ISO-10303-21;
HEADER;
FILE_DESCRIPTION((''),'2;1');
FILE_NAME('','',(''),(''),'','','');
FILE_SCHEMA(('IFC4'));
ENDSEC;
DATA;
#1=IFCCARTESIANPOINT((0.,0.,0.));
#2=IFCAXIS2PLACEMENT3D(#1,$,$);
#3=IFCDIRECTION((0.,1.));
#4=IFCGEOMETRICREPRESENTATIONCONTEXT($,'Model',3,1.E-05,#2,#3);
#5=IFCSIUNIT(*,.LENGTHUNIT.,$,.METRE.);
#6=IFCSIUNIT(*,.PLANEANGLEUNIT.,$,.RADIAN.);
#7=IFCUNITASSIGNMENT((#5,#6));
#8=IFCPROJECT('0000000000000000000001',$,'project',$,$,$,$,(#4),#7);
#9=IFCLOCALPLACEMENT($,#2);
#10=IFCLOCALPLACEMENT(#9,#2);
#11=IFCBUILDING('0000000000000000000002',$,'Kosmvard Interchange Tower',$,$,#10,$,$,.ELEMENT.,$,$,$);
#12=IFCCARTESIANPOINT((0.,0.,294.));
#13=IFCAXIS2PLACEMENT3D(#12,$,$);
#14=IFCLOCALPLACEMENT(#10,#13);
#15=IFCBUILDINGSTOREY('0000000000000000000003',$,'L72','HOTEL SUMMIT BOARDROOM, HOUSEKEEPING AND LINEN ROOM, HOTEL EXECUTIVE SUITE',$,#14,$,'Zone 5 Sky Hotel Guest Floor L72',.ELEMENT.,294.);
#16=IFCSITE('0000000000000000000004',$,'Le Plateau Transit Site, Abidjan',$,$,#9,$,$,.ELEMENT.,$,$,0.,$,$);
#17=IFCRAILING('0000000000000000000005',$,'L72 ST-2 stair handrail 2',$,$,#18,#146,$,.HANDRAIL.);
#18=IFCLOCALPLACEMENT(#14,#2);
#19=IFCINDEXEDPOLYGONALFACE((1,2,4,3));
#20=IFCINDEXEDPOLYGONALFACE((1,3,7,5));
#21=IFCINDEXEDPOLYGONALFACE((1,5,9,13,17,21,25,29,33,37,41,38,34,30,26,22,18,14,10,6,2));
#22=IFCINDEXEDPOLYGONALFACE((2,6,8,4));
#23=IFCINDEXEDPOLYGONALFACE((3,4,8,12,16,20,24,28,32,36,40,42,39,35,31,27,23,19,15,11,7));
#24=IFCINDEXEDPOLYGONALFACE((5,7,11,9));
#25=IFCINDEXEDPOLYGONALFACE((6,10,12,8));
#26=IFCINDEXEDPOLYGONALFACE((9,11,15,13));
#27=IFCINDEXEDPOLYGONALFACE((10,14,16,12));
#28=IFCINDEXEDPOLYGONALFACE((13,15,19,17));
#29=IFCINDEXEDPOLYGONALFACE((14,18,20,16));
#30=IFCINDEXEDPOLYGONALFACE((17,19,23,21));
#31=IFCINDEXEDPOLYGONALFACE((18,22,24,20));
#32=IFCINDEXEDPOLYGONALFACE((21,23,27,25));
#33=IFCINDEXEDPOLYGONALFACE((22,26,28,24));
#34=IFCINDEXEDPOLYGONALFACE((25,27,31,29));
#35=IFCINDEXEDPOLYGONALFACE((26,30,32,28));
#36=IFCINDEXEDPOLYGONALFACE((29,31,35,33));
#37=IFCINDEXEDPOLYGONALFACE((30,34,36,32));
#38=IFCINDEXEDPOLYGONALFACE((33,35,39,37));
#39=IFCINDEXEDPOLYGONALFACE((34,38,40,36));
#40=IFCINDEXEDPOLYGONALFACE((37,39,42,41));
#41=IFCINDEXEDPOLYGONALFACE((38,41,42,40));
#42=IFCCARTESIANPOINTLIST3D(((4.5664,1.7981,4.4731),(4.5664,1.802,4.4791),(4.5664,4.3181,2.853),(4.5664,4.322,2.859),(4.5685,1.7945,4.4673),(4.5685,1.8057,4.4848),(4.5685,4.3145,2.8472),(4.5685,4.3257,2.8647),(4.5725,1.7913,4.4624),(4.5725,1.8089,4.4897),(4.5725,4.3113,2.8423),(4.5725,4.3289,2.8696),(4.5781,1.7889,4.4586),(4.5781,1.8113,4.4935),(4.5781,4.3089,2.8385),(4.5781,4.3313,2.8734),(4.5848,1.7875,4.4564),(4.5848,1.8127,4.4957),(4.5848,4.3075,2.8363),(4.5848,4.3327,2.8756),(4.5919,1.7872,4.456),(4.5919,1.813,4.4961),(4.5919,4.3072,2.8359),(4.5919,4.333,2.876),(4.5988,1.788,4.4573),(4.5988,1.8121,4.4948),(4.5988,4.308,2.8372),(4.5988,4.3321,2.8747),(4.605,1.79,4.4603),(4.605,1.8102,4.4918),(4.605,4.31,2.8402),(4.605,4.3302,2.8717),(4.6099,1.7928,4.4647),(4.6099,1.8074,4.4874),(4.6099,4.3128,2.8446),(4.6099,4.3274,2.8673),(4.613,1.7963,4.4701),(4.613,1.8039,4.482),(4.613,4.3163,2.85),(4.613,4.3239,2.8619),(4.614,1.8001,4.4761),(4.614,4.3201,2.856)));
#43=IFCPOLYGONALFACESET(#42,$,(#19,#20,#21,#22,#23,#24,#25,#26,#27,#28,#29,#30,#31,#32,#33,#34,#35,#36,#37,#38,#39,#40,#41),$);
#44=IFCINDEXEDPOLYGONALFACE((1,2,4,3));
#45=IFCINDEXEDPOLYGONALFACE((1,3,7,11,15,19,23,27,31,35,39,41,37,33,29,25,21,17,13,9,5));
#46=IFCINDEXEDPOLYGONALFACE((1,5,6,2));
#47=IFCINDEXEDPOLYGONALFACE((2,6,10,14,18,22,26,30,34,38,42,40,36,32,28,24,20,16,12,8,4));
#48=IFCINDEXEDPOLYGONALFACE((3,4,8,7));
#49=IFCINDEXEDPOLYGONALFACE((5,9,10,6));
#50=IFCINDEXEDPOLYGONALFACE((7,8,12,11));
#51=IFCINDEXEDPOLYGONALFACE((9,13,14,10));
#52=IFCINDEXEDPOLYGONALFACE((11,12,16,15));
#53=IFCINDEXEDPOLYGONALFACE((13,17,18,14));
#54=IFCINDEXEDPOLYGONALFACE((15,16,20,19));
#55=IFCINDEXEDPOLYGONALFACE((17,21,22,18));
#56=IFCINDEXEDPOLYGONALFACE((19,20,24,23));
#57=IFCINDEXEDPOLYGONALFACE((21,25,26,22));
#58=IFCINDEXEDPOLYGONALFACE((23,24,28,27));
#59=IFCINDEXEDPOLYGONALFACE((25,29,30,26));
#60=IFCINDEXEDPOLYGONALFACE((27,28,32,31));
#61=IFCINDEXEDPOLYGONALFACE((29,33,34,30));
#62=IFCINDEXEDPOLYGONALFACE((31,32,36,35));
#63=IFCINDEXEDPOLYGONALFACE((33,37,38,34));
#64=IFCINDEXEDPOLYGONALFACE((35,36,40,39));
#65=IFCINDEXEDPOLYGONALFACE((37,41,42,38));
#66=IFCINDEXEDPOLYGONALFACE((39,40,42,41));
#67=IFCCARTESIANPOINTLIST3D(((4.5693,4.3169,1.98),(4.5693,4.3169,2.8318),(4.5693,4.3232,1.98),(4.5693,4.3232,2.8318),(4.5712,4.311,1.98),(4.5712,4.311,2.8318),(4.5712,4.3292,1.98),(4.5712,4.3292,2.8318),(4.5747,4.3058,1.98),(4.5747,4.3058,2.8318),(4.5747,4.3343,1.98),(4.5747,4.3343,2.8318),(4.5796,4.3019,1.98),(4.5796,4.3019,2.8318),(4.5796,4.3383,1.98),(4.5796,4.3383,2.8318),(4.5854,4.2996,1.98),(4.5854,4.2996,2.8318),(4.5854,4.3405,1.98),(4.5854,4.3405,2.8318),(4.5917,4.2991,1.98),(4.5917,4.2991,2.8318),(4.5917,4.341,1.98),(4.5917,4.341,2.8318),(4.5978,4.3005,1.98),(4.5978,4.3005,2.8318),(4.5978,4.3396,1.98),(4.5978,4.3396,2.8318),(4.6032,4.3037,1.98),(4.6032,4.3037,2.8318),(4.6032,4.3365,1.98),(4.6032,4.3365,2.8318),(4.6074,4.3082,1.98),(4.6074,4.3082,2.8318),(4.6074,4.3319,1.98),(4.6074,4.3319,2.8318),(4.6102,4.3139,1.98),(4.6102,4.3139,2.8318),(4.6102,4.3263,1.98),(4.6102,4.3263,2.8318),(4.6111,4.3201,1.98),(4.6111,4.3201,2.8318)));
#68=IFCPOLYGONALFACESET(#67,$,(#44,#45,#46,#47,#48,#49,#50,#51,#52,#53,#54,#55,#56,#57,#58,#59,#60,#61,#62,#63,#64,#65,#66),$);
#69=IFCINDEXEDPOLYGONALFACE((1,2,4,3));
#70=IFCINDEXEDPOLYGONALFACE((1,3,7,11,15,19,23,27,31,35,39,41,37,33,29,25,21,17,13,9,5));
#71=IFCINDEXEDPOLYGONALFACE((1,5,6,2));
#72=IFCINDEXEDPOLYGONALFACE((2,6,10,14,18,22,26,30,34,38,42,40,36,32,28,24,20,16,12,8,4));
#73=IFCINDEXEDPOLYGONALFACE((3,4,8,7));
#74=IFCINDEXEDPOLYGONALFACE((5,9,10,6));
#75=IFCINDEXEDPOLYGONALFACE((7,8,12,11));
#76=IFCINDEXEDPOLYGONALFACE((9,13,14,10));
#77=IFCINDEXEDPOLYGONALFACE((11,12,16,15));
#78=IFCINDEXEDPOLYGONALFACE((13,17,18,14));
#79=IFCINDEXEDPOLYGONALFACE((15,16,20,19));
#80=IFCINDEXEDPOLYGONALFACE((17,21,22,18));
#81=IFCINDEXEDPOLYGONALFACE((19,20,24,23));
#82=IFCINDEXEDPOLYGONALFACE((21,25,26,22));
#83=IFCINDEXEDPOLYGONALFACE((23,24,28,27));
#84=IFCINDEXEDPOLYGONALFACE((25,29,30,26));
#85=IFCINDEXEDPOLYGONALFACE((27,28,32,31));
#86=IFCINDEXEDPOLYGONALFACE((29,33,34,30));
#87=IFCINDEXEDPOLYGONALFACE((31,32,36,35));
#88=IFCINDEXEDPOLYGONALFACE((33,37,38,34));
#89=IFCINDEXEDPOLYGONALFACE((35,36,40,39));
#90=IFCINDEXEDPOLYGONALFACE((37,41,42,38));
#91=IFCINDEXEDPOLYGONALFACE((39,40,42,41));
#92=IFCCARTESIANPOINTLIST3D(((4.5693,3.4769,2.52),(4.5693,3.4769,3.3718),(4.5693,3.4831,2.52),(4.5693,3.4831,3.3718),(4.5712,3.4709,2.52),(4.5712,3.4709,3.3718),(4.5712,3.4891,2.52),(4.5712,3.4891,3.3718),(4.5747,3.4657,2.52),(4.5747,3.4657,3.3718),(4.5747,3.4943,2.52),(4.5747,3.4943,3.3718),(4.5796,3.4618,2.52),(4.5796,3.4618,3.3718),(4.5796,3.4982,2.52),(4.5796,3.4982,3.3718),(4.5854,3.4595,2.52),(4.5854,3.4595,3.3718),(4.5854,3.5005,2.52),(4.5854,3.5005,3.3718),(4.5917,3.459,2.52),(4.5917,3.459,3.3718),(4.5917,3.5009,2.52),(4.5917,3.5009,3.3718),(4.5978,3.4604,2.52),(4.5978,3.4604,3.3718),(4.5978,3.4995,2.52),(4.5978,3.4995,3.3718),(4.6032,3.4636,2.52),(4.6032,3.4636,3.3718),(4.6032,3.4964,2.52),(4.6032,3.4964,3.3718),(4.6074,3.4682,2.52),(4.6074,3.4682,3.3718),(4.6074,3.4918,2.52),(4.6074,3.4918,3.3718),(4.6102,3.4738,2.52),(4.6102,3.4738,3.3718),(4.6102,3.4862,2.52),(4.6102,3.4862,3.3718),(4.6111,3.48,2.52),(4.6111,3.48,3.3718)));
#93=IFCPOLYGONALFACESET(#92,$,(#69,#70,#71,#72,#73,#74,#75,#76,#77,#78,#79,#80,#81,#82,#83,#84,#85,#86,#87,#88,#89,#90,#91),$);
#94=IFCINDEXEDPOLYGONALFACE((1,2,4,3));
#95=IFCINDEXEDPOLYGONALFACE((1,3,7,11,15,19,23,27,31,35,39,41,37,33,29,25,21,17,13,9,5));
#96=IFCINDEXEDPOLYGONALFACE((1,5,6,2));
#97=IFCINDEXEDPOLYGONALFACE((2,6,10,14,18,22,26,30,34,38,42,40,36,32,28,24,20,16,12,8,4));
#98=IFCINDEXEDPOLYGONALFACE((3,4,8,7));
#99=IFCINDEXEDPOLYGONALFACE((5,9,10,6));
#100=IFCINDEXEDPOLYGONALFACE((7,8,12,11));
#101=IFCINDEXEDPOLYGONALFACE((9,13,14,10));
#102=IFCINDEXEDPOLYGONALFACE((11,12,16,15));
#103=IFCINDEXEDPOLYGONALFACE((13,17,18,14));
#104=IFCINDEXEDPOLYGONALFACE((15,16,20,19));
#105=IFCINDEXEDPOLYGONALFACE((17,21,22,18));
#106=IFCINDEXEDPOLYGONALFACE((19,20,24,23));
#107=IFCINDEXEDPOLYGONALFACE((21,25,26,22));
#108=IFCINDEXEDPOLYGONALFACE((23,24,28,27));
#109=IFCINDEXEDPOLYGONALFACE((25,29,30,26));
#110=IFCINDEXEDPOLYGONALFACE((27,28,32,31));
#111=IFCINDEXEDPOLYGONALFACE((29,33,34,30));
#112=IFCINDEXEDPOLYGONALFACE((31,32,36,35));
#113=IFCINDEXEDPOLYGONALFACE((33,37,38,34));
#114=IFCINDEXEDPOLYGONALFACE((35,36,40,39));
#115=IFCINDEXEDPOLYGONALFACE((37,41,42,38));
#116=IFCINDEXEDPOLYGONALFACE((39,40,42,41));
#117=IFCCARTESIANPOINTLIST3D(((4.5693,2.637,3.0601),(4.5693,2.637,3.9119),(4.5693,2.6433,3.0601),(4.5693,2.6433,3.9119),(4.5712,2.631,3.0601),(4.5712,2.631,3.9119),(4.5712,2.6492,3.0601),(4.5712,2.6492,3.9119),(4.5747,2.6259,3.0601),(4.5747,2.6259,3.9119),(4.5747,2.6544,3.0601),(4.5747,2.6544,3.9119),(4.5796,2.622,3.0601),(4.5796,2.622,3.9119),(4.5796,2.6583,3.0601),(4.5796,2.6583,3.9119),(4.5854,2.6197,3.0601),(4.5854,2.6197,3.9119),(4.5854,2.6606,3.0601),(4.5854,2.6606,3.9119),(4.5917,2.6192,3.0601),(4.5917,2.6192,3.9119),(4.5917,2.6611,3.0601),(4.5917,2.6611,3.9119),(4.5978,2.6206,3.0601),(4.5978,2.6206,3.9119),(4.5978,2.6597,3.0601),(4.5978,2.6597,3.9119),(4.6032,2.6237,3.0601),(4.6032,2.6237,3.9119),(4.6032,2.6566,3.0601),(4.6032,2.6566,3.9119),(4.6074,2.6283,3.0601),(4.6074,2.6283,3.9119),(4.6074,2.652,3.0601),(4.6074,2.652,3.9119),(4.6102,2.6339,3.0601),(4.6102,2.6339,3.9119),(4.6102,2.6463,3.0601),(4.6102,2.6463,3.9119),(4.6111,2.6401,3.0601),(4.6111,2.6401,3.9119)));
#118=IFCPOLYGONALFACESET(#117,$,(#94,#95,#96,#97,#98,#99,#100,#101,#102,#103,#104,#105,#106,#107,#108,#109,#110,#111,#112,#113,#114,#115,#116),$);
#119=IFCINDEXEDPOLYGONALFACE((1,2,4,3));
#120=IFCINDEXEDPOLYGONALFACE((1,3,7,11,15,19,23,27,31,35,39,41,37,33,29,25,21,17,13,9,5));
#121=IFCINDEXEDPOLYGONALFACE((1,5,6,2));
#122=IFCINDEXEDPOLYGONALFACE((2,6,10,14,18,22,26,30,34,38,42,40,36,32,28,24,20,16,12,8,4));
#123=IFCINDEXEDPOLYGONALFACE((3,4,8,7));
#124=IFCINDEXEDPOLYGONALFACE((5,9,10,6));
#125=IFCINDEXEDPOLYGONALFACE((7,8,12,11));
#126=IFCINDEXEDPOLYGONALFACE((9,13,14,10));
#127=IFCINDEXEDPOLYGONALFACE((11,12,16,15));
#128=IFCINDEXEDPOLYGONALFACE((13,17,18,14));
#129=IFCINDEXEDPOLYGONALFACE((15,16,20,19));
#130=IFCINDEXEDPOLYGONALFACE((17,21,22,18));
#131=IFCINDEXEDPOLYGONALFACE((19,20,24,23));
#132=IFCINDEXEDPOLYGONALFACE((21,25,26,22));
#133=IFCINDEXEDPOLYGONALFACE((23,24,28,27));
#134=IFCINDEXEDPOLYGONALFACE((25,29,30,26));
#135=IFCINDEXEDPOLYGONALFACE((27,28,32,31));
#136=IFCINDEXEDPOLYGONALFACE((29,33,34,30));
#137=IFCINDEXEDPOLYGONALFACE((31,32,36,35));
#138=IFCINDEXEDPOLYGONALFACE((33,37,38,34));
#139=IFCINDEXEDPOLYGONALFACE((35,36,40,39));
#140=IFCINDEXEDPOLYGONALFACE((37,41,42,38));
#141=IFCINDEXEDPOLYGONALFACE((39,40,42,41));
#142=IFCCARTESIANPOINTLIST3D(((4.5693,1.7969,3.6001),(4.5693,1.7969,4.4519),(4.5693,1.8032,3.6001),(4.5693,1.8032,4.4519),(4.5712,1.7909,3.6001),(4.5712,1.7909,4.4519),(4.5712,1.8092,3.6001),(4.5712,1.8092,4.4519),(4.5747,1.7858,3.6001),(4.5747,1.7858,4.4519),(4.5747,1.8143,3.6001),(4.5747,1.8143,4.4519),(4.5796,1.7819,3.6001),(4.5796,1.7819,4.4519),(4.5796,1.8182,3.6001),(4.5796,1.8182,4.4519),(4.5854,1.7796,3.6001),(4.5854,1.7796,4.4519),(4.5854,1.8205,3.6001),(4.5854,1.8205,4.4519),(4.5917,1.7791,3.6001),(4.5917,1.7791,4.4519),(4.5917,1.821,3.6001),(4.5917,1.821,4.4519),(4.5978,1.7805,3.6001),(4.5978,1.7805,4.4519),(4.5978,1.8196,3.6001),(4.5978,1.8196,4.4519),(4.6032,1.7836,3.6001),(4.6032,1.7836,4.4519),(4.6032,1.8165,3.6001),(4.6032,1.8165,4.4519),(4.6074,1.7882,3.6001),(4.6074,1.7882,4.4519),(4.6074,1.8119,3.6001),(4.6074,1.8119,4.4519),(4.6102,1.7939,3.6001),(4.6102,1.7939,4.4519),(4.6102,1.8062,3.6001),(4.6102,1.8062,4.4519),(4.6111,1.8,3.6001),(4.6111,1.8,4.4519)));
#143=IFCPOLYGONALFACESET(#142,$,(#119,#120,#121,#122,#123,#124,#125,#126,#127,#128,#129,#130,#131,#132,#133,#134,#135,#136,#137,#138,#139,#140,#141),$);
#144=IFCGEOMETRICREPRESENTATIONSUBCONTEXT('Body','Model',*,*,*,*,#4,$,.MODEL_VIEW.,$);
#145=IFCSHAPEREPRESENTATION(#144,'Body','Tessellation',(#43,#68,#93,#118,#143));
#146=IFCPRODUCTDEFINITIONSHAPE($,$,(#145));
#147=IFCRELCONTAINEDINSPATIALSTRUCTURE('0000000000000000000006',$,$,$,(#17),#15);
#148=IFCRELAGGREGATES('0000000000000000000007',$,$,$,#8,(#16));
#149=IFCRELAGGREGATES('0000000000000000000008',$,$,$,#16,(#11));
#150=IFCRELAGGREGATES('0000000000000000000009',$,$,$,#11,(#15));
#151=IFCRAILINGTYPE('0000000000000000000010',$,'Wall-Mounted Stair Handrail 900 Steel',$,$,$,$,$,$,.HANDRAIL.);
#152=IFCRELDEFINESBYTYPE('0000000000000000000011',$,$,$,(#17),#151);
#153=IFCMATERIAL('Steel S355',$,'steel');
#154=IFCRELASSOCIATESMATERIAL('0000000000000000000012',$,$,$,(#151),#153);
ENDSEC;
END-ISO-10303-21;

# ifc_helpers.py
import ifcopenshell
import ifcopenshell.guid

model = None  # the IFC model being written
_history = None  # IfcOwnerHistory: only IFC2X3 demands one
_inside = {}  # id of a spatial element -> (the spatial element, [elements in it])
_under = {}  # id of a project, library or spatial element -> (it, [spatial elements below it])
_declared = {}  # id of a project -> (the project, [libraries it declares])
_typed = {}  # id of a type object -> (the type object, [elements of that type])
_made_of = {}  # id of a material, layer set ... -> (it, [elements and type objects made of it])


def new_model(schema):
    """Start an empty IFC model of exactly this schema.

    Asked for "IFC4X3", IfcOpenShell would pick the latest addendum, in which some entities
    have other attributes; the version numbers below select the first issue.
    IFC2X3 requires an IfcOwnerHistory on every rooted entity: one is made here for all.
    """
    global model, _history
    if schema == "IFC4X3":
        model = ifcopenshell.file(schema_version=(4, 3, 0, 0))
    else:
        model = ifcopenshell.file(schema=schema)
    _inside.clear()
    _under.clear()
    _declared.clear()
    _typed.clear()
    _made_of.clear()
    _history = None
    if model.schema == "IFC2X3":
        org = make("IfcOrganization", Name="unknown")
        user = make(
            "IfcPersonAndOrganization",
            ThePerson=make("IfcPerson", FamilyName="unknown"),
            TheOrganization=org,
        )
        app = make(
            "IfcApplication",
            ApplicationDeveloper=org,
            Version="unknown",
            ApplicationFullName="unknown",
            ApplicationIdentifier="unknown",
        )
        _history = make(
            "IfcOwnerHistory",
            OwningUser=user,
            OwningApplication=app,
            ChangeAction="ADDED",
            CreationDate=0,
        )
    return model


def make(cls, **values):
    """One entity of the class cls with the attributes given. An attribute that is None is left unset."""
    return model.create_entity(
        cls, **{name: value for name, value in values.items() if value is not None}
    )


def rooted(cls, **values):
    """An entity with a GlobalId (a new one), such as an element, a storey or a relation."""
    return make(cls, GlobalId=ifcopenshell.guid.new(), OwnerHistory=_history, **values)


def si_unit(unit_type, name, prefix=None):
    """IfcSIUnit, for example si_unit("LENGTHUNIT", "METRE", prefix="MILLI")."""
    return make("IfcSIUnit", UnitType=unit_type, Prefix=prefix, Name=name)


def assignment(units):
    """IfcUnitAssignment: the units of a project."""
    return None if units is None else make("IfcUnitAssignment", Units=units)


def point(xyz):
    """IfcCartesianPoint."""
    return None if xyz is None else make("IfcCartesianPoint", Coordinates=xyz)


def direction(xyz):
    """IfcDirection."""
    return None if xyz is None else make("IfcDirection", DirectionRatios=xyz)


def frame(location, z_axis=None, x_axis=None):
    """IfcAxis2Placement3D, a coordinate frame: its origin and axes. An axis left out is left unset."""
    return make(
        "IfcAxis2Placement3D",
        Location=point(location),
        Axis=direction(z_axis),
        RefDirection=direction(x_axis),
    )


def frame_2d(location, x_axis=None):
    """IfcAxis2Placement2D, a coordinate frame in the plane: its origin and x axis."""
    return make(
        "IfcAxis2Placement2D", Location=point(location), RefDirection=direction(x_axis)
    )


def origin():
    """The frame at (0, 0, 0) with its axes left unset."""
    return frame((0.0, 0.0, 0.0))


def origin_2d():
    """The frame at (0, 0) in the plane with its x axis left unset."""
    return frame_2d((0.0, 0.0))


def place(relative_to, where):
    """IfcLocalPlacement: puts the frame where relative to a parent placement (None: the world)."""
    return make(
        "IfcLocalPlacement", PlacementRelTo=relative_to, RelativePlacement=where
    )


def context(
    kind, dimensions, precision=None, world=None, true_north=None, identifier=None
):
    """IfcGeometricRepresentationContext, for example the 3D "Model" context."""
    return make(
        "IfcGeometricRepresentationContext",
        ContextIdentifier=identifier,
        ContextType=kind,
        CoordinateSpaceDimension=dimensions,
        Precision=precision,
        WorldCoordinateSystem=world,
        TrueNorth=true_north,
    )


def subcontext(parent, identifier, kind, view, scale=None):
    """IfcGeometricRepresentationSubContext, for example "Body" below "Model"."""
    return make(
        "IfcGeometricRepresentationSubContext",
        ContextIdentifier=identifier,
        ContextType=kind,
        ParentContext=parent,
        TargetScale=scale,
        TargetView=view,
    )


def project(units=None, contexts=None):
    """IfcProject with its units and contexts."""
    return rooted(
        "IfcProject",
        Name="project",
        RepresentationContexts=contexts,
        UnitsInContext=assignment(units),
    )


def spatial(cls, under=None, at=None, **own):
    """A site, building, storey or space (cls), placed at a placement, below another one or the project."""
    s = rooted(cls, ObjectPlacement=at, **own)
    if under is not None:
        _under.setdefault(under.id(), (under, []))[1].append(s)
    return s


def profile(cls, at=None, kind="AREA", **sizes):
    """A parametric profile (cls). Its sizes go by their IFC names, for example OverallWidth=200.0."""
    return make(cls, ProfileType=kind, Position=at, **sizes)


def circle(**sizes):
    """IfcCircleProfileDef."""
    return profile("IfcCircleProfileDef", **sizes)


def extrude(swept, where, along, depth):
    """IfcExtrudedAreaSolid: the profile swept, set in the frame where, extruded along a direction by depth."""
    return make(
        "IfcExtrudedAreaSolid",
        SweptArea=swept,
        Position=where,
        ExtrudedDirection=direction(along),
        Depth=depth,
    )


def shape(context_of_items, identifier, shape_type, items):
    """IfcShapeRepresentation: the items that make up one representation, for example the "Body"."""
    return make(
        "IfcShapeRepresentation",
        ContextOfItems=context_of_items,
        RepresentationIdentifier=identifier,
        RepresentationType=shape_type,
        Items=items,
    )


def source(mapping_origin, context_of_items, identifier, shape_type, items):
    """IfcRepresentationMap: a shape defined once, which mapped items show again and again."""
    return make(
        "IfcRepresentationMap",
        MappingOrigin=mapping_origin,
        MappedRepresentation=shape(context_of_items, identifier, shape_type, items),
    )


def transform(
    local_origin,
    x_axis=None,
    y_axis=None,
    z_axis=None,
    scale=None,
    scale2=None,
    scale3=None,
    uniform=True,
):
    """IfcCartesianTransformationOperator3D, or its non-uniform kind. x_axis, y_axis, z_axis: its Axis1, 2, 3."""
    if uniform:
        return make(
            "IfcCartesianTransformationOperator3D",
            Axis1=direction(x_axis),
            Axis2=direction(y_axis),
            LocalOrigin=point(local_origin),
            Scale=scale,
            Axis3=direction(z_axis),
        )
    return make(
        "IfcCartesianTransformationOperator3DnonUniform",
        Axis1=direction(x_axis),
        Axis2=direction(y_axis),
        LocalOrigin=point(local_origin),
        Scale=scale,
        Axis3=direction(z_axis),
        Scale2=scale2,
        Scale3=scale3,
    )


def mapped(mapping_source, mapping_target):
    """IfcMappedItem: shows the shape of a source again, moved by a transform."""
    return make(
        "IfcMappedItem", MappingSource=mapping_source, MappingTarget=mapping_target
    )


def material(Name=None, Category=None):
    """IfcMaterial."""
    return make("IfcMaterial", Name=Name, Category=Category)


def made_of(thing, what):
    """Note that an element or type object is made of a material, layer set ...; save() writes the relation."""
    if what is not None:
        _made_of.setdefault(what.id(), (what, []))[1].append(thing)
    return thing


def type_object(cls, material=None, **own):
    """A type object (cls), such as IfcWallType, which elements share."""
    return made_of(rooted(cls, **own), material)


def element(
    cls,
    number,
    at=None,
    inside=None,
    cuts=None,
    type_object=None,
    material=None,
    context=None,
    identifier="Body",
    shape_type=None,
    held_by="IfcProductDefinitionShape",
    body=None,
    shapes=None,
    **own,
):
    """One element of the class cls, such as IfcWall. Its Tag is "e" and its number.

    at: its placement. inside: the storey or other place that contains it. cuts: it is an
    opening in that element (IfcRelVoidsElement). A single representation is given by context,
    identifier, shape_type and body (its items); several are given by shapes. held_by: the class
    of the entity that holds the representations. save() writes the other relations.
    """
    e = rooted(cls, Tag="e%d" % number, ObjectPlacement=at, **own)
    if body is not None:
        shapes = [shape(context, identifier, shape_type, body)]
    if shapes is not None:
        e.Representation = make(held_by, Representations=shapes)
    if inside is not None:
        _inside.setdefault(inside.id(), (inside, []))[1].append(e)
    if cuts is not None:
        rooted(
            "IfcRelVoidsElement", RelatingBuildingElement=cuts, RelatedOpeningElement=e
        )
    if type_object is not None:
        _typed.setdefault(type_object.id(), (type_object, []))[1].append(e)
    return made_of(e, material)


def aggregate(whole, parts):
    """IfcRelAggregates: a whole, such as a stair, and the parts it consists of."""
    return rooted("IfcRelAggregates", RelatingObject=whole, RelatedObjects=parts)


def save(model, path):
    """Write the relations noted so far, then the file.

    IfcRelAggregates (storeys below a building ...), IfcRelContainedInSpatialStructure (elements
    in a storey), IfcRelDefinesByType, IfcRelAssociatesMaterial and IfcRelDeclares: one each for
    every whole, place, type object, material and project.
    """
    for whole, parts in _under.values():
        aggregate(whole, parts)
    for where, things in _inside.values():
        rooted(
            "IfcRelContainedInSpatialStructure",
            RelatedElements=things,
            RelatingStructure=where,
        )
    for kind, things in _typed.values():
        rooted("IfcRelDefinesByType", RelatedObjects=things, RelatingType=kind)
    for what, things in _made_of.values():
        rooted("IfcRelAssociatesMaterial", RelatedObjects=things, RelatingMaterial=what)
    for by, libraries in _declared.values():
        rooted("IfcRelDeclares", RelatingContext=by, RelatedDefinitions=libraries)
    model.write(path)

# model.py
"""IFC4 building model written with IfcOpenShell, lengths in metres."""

from ifc_helpers import new_model, si_unit, direction, frame, origin, origin_2d, place, context, subcontext, project, spatial, circle, extrude, source, transform, mapped, material, type_object, element, save


model = new_model("IFC4")

# Units and contexts
model_context = context("Model", 3, precision=1e-05, world=origin(), true_north=direction((0.0, 1.0)))
body_context = subcontext(model_context, "Body", "Model", "MODEL_VIEW")
ifc_project = project(units=[si_unit("LENGTHUNIT", "METRE"), si_unit("PLANEANGLEUNIT", "RADIAN")], contexts=[model_context])

# Site, building, storey
site_placement = place(None, origin())
site = spatial("IfcSite", under=ifc_project, at=site_placement, Name="Le Plateau Transit Site, Abidjan", CompositionType="ELEMENT", RefElevation=0.0)
building_placement = place(site_placement, origin())
building = spatial("IfcBuilding", under=site, at=building_placement, Name="Kosmvard Interchange Tower", CompositionType="ELEMENT")
storey_placement = place(building_placement, frame((0.0, 0.0, 294.0)))
storey = spatial("IfcBuildingStorey", under=building, at=storey_placement, Name="L72", Description="HOTEL SUMMIT BOARDROOM, HOUSEKEEPING AND LINEN ROOM, HOTEL EXECUTIVE SUITE", LongName="Zone 5 Sky Hotel Guest Floor L72", CompositionType="ELEMENT", Elevation=294.0)

# Railing
ifc_material_1 = material(Name="Steel S355", Category="steel")
railing_type_1 = type_object("IfcRailingType", Name="Wall-Mounted Stair Handrail 900 Steel", PredefinedType="HANDRAIL", material=ifc_material_1)
shared_shape_1 = source(origin(), body_context, "Body", "SweptSolid", [
    extrude(circle(Radius=0.0239, at=origin_2d()), frame((0.0, 0.0, 0.876), z_axis=(0.0, -0.841163, 0.540782), x_axis=(1.0, 0.0, 0.0)), (0.0, 0.0, 1.0), 2.9958),
    extrude(circle(Radius=0.021, at=origin_2d()), origin(), (0.0, 0.0, 1.0), 0.8518),
    extrude(circle(Radius=0.021, at=origin_2d()), frame((0.0, -0.8401, 0.54)), (0.0, 0.0, 1.0), 0.8518),
    extrude(circle(Radius=0.021, at=origin_2d()), frame((0.0, -1.6799, 1.0801)), (0.0, 0.0, 1.0), 0.8518),
    extrude(circle(Radius=0.021, at=origin_2d()), frame((0.0, -2.52, 1.6201)), (0.0, 0.0, 1.0), 0.8518),
])
railing_1_placement = place(storey_placement, frame((4.5901, 4.3201, 1.98)))
element("IfcRailing", 1, at=railing_1_placement, inside=storey, type_object=railing_type_1, Name="L72 ST-2 stair handrail 2", PredefinedType="HANDRAIL", context=body_context, shape_type="MappedRepresentation", body=[
    mapped(shared_shape_1, transform((0.0, 0.0, 0.0), scale=1.0)),
])

save(model, "model.ifc")
